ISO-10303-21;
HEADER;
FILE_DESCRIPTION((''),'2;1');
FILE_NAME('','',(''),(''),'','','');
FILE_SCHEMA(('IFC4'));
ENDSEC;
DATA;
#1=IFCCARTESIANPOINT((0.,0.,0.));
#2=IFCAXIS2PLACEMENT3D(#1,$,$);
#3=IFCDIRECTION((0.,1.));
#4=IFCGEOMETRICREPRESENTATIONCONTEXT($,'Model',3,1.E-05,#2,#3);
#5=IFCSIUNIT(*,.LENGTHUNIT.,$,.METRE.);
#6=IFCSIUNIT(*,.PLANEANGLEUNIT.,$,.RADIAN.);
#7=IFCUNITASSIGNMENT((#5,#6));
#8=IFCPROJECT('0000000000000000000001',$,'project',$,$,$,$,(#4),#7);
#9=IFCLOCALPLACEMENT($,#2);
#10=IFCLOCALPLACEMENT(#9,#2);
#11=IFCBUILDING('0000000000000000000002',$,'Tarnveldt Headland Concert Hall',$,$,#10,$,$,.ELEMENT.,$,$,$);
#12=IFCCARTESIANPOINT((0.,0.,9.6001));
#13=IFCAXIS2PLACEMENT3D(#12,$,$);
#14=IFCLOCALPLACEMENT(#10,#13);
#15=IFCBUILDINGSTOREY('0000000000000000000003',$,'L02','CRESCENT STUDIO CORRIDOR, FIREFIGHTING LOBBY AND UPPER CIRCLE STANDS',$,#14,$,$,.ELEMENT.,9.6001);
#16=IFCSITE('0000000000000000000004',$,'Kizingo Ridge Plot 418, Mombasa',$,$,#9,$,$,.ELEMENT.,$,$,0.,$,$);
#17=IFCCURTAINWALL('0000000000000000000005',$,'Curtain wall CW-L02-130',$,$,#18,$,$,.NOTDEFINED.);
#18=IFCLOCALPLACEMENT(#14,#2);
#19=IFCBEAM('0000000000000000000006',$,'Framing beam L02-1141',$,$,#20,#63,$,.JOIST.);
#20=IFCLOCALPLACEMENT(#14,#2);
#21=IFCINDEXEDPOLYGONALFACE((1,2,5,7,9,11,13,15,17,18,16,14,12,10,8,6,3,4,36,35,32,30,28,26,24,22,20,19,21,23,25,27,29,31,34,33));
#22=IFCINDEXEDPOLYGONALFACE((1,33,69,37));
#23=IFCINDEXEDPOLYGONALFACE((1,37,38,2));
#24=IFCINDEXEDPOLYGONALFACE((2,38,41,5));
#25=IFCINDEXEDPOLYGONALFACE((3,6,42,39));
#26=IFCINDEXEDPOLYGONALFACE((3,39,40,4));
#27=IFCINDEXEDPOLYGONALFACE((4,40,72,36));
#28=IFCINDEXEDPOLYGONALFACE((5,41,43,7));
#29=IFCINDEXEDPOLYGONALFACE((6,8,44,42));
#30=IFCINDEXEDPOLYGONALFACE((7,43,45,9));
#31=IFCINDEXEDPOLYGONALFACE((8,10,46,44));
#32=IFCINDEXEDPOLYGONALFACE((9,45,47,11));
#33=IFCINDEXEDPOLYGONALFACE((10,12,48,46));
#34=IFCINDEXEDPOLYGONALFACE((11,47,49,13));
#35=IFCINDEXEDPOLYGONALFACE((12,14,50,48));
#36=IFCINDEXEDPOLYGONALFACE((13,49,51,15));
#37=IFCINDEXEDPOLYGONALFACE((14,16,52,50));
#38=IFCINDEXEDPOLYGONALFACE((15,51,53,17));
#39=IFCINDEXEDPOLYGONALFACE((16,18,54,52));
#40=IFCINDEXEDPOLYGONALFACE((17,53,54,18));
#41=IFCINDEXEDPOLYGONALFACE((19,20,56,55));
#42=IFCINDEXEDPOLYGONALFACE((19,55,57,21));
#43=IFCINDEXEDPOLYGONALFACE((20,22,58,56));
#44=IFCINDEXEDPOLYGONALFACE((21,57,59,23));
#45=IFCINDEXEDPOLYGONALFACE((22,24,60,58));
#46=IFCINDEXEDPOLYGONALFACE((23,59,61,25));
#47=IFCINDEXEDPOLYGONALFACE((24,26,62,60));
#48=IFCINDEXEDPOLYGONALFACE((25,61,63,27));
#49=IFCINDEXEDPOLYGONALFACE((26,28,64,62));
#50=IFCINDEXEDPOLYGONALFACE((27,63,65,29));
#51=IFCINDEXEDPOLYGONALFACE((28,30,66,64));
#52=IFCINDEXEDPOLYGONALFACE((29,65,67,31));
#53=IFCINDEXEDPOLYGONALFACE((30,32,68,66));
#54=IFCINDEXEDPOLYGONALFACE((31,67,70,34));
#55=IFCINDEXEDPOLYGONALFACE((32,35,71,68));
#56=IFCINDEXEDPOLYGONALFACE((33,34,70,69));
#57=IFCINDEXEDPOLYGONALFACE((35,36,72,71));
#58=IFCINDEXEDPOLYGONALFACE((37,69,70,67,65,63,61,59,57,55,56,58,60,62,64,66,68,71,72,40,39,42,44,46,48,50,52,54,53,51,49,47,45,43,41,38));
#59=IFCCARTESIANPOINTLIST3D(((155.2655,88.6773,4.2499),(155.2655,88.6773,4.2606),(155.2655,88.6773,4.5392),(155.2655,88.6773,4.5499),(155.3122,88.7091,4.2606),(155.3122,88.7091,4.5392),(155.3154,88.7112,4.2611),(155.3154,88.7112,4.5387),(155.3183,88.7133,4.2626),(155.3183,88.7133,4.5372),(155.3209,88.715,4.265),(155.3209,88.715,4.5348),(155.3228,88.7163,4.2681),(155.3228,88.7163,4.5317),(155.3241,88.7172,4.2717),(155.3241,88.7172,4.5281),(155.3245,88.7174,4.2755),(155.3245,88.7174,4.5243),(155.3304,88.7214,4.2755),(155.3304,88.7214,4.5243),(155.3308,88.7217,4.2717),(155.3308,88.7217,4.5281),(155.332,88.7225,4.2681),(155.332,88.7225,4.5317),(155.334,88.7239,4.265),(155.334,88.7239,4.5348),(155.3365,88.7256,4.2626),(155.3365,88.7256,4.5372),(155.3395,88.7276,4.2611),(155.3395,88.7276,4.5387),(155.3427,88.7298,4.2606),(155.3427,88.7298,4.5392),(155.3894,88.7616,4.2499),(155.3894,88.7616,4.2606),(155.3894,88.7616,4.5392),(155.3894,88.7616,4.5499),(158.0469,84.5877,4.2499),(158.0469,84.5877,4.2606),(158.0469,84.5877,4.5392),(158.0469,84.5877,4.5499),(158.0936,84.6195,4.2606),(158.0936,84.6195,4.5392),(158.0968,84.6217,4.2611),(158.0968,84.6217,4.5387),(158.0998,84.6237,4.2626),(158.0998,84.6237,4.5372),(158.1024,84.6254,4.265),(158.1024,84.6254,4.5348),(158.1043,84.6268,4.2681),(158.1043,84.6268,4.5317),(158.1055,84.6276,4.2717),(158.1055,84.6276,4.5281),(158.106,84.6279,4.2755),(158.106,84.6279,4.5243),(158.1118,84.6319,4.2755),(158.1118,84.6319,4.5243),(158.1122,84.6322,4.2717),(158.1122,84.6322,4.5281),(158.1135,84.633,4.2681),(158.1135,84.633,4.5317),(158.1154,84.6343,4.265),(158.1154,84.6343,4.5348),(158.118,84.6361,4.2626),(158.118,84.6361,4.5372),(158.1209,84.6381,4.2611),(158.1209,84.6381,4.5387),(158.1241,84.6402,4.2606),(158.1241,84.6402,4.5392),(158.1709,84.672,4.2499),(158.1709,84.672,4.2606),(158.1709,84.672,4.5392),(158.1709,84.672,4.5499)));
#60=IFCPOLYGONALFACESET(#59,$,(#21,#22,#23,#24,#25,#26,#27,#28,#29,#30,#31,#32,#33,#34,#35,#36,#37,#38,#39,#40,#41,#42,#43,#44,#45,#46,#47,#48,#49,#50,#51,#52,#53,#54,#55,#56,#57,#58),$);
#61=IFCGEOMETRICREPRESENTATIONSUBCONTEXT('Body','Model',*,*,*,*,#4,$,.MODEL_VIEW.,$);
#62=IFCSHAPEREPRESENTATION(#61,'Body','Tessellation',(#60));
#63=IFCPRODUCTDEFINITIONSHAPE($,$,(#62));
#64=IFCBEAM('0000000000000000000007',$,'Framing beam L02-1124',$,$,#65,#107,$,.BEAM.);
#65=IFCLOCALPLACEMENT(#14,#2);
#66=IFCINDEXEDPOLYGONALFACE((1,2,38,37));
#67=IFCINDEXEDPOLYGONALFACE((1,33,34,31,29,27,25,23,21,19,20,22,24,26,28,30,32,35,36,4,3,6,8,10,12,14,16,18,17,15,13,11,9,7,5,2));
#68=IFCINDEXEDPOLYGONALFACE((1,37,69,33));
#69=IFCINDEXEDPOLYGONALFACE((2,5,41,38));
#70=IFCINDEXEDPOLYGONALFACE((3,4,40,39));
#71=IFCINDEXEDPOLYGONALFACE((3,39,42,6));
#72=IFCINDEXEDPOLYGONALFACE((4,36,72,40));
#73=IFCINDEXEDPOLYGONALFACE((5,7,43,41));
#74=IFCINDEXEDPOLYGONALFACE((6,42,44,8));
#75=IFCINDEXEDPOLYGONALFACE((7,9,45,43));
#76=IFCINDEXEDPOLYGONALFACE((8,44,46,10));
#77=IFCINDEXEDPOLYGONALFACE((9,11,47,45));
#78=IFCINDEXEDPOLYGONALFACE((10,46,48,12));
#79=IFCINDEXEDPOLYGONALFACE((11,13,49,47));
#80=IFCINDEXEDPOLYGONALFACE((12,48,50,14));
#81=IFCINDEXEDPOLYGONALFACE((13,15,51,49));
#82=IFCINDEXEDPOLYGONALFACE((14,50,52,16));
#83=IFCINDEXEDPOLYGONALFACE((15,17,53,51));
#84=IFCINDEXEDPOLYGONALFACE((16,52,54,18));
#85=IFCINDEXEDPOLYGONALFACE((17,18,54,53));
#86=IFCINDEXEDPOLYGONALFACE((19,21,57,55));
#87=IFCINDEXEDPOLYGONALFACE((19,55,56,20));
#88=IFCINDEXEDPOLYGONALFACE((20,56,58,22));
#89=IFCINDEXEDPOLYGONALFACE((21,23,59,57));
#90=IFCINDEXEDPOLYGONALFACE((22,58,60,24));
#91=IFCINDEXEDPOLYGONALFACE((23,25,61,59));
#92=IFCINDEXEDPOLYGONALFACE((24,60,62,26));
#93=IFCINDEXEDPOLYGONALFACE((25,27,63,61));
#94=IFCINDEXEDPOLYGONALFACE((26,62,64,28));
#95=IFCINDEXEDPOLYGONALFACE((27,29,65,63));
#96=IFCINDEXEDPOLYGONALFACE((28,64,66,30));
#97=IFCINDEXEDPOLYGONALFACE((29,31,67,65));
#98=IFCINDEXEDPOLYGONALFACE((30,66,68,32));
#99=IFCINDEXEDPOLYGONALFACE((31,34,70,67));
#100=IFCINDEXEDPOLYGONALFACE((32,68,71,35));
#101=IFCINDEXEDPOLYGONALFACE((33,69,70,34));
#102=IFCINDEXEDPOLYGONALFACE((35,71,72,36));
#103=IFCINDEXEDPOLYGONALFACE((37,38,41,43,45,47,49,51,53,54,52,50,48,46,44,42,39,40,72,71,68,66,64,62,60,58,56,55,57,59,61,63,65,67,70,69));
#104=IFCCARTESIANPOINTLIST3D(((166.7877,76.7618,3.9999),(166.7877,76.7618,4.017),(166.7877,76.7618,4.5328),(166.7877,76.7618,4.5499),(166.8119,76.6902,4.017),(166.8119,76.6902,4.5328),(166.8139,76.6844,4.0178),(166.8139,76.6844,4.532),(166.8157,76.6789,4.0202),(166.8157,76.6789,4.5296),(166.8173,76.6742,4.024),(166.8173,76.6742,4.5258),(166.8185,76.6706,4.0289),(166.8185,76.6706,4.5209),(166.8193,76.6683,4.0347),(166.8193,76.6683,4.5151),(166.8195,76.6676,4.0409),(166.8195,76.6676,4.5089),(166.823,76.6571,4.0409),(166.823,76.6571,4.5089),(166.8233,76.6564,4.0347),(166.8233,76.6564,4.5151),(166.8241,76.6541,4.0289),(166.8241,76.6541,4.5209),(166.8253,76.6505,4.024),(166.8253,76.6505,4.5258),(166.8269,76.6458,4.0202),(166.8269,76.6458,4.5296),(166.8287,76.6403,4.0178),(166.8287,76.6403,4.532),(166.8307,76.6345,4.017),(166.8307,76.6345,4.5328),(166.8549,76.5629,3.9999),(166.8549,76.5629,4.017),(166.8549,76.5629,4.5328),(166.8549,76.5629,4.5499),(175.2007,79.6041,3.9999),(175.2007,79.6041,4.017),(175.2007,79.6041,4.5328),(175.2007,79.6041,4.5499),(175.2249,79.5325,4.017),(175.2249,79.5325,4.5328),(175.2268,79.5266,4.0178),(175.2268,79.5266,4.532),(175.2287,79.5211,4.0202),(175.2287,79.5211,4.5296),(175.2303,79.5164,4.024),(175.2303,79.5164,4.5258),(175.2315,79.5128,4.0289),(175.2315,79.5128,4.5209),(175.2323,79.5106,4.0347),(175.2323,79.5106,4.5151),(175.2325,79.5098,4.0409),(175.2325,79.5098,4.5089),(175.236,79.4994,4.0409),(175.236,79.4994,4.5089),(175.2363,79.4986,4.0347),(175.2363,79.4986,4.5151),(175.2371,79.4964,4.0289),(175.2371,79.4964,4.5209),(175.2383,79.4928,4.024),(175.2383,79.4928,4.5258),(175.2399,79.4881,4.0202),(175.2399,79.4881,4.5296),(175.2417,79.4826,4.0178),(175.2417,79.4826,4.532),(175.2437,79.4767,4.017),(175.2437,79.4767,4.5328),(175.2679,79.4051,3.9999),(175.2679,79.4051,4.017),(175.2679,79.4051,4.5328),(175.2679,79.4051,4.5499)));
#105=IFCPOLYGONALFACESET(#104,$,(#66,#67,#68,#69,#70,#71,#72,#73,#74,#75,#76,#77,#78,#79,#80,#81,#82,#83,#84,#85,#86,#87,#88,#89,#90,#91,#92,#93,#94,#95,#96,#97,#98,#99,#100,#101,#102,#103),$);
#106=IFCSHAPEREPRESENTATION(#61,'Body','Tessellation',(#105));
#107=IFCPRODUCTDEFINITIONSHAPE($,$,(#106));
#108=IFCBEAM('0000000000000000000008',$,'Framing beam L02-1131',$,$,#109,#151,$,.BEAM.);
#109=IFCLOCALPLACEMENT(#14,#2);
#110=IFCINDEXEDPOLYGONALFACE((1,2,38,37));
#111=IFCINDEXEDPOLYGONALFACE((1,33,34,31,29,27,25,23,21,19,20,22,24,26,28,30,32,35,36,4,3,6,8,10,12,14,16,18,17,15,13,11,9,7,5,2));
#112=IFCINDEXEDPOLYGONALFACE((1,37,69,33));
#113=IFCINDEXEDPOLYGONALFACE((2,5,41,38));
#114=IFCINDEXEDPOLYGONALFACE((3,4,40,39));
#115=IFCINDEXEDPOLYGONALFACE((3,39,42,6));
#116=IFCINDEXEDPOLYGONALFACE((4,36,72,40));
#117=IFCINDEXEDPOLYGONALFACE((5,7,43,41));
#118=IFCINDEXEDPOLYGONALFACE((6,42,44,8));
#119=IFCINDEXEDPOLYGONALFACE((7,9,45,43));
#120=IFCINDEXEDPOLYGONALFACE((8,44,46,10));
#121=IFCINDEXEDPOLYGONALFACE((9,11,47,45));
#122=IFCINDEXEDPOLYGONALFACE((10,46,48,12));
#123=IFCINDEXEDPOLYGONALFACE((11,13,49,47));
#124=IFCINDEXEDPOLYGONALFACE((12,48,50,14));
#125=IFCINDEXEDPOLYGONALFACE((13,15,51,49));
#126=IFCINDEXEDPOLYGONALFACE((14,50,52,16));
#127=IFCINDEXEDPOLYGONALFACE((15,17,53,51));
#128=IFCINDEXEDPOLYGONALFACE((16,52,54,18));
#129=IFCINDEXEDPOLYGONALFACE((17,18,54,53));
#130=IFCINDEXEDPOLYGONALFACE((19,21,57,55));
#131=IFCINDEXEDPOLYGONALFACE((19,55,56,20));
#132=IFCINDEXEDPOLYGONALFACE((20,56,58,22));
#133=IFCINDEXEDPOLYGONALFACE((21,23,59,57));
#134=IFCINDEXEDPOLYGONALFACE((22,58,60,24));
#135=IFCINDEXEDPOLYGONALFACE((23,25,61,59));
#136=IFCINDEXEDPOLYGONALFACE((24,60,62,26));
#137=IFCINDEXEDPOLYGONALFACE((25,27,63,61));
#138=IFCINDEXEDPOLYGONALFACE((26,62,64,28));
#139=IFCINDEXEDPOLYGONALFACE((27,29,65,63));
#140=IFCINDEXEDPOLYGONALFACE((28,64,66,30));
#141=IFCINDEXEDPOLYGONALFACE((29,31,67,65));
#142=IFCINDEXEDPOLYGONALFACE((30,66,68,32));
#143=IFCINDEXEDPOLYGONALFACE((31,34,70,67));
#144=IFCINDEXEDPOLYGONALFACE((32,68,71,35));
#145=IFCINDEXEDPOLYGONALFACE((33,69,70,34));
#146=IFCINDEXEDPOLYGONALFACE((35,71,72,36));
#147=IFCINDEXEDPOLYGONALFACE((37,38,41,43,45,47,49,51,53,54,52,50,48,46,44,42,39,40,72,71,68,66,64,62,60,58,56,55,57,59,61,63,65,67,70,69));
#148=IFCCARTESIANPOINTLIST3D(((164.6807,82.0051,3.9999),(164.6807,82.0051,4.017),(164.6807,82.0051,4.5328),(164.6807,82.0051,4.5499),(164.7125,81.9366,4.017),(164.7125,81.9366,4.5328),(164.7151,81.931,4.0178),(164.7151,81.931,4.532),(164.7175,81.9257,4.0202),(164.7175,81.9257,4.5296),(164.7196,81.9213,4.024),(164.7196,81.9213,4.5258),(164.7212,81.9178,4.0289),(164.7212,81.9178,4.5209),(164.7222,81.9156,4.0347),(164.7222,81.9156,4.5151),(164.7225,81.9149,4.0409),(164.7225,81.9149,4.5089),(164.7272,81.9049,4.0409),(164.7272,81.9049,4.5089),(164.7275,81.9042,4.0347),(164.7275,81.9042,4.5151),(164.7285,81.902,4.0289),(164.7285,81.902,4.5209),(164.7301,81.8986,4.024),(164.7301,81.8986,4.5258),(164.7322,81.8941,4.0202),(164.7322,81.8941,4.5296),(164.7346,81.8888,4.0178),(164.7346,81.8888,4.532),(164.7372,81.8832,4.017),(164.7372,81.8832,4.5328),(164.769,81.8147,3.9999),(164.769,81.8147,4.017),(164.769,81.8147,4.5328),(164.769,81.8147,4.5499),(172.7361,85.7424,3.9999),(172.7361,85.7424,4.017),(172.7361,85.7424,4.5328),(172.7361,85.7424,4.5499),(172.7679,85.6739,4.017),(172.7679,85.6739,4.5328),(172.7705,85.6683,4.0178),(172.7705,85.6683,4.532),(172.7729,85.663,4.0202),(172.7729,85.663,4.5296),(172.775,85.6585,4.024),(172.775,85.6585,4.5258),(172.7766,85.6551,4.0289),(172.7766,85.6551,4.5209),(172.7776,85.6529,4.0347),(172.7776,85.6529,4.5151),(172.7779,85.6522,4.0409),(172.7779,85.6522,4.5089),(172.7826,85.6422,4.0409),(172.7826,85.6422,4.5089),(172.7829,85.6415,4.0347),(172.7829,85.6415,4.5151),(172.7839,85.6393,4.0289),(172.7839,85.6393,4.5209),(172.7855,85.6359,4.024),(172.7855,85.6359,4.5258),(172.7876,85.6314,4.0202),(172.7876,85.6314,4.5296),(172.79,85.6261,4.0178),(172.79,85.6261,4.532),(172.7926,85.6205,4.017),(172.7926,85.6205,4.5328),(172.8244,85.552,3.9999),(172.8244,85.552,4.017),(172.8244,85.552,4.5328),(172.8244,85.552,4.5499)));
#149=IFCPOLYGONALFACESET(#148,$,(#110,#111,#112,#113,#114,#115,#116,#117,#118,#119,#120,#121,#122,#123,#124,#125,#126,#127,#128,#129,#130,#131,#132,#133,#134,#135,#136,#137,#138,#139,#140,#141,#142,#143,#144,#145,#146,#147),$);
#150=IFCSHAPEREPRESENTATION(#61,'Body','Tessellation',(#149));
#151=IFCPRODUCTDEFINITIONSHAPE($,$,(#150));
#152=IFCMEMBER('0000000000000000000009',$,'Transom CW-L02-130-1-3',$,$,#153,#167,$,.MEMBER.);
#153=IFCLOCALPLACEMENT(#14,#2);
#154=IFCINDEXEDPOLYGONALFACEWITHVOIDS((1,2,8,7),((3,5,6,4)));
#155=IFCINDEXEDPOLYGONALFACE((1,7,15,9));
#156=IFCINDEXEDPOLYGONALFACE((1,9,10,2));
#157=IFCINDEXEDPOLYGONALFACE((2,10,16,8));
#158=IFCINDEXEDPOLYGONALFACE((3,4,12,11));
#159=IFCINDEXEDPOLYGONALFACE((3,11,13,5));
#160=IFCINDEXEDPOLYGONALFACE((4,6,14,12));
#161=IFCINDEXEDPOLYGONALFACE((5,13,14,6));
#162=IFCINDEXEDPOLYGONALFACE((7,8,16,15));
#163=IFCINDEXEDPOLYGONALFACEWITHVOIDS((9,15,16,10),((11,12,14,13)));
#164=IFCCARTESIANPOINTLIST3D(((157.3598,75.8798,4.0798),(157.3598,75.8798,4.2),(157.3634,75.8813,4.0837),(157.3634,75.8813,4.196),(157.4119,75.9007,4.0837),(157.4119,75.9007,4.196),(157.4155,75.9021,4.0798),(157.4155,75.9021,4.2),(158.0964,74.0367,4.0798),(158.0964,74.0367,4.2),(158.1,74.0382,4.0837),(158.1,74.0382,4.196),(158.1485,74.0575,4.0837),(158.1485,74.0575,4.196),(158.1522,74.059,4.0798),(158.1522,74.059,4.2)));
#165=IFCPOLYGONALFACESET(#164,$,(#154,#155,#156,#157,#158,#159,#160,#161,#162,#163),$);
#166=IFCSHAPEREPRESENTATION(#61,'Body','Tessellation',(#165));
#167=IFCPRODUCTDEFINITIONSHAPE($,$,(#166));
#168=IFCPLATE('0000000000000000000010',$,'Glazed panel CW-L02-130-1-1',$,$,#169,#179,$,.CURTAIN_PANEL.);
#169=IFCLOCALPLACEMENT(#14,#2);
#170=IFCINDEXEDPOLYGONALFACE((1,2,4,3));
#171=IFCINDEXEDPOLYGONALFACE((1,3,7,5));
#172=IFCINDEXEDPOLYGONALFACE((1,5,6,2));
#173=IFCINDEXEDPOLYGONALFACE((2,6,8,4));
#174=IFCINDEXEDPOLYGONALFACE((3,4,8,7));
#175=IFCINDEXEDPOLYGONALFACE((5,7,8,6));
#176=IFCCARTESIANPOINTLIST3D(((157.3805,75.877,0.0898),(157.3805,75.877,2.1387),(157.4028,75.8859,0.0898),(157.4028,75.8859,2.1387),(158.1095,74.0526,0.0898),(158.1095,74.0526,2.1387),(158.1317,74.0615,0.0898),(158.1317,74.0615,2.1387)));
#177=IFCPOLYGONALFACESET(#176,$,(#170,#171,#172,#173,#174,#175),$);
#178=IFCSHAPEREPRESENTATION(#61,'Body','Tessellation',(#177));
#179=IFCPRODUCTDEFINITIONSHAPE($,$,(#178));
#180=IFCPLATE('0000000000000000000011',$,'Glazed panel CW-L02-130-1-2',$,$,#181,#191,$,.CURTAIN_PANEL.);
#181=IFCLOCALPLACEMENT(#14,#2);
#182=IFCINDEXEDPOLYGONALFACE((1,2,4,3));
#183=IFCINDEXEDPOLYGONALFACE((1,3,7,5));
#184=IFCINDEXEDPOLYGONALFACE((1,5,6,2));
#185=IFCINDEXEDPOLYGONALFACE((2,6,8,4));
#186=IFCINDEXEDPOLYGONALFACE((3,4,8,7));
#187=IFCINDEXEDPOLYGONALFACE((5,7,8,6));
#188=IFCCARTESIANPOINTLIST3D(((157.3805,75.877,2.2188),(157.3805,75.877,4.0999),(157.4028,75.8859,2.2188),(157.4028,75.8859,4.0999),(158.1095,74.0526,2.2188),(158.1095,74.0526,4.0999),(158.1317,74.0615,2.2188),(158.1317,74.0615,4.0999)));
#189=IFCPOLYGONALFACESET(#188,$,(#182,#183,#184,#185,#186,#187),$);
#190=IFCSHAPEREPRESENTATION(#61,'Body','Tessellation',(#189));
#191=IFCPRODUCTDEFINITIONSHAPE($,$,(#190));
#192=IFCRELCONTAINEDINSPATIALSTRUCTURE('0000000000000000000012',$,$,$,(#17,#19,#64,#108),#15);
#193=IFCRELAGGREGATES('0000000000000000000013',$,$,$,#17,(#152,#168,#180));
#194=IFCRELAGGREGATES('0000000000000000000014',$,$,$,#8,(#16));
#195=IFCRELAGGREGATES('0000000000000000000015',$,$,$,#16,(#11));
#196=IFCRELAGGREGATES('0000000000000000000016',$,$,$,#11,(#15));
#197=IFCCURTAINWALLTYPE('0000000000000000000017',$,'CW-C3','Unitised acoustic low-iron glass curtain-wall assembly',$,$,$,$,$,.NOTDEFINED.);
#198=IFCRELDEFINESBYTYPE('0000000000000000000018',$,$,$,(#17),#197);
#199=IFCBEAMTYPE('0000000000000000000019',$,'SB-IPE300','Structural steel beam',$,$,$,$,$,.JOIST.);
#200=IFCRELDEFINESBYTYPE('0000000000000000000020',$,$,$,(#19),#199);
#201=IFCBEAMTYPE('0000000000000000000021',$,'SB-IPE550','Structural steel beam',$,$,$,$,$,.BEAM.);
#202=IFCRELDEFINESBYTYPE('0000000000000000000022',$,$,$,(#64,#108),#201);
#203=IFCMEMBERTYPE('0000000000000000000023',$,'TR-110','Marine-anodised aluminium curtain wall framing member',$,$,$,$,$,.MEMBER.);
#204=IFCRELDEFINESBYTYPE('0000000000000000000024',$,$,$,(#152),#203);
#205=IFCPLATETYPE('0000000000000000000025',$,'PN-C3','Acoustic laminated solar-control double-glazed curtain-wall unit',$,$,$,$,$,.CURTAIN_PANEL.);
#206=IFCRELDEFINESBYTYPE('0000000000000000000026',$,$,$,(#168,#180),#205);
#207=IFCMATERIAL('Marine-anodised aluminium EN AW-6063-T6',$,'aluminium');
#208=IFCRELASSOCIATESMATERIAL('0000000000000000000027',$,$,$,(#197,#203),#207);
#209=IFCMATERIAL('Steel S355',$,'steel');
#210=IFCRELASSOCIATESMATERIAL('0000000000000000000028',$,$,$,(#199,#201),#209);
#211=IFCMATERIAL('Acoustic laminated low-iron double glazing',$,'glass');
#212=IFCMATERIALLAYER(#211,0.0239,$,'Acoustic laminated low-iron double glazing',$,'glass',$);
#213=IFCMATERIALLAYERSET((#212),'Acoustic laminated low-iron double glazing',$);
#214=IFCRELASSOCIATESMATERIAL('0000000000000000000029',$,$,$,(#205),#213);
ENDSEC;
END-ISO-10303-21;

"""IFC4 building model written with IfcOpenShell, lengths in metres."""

from ifc_helpers import new_model, si_unit, direction, frame, origin, origin_2d, place, context, subcontext, project, spatial, rectangle, hollow_rectangle, i_section, extrude, material, layer, layer_set, material_profile, profile_set, type_object, element, aggregate, save


model = new_model("IFC4")

# Units and contexts
model_context = context("Model", 3, precision=1e-05, world=origin(), true_north=direction((0.0, 1.0)))
body_context = subcontext(model_context, "Body", "Model", "MODEL_VIEW")
ifc_project = project(units=[si_unit("LENGTHUNIT", "METRE"), si_unit("PLANEANGLEUNIT", "RADIAN")], contexts=[model_context])

# Site, building, storey
site_placement = place(None, origin())
site = spatial("IfcSite", under=ifc_project, at=site_placement, Name="Kizingo Ridge Plot 418, Mombasa", CompositionType="ELEMENT", RefElevation=0.0)
building_placement = place(site_placement, origin())
building = spatial("IfcBuilding", under=site, at=building_placement, Name="Tarnveldt Headland Concert Hall", CompositionType="ELEMENT")
storey_placement = place(building_placement, frame((0.0, 0.0, 9.6001)))
storey = spatial("IfcBuildingStorey", under=building, at=storey_placement, Name="L02", Description="CRESCENT STUDIO CORRIDOR, FIREFIGHTING LOBBY AND UPPER CIRCLE STANDS", CompositionType="ELEMENT", Elevation=9.6001)

# Shared definitions
ifc_material_1 = material(Name="Steel S355", Category="steel")

# Curtain wall
ifc_material_2 = material(Name="Marine-anodised aluminium EN AW-6063-T6", Category="aluminium")
curtain_wall_type = type_object("IfcCurtainWallType", Name="CW-C3", Description="Unitised acoustic low-iron glass curtain-wall assembly", PredefinedType="NOTDEFINED", material=ifc_material_2)
curtain_wall_placement = place(storey_placement, origin())
curtain_wall = element("IfcCurtainWall", 1, at=curtain_wall_placement, inside=storey, type_object=curtain_wall_type, Name="Curtain wall CW-L02-130", PredefinedType="NOTDEFINED")

# Beams
ifc_material_profile_1 = material_profile(ifc_material_1, i_section(OverallWidth=0.1499, OverallDepth=0.3, WebThickness=0.0071, FlangeThickness=0.0107, FilletRadius=0.0149, at=origin_2d()), Name="IPE300", Category="steel")
ifc_profile_set_1 = profile_set([ifc_material_profile_1], Name="Steel S355")
beam_type_1 = type_object("IfcBeamType", Name="SB-IPE300", Description="Structural steel beam", PredefinedType="JOIST", material=ifc_profile_set_1)
beam_1_placement = place(storey_placement, frame((158.1089, 84.6299, 4.3999), z_axis=(-0.562388, 0.826873, 0.0), x_axis=(-0.826873, -0.562388, 0.0)))
element("IfcBeam", 2, at=beam_1_placement, inside=storey, type_object=beam_type_1, Name="Framing beam L02-1141", PredefinedType="JOIST", context=body_context, shape_type="SweptSolid", body=[
    extrude(i_section(OverallWidth=0.1499, OverallDepth=0.3, WebThickness=0.0071, FlangeThickness=0.0107, FilletRadius=0.0149, at=origin_2d()), origin(), (0.0, 0.0, 1.0), 4.9458),
])
ifc_material_profile_2 = material_profile(ifc_material_1, i_section(OverallWidth=0.21, OverallDepth=0.55, WebThickness=0.011, FlangeThickness=0.0171, FilletRadius=0.0239, at=origin_2d()), Name="IPE550", Category="steel")
ifc_profile_set_2 = profile_set([ifc_material_profile_2], Name="Steel S355")
beam_type_2 = type_object("IfcBeamType", Name="SB-IPE550", Description="Structural steel beam", PredefinedType="BEAM", material=ifc_profile_set_2)
for number, where, z_axis, x_axis, name in (
    (3, (166.8213, 76.6624, 4.2749), (0.947394, 0.320069, 0.0), (-0.320069, 0.947394, 0.0), "Framing beam L02-1124"),
    (4, (164.7249, 81.9099, 4.2749), (0.907126, 0.42086, 0.0), (-0.42086, 0.907126, 0.0), "Framing beam L02-1131"),
):
    element("IfcBeam", number, at=place(storey_placement, frame(where, z_axis=z_axis, x_axis=x_axis)), inside=storey, type_object=beam_type_2, Name=name, PredefinedType="BEAM", context=body_context, shape_type="SweptSolid", body=[
        extrude(i_section(OverallWidth=0.21, OverallDepth=0.55, WebThickness=0.011, FlangeThickness=0.0171, FilletRadius=0.0239, at=origin_2d()), origin(), (0.0, 0.0, 1.0), 8.8801),
    ])

# Member
ifc_material_profile_3 = material_profile(ifc_material_2, hollow_rectangle(XDim=0.0601, YDim=0.1201, WallThickness=0.0039, at=origin_2d()), Name="ALU TRANSOM 60x120x4", Category="aluminium")
ifc_profile_set_3 = profile_set([ifc_material_profile_3], Name="Marine-anodised aluminium EN AW-6063-T6")
member_type_1 = type_object("IfcMemberType", Name="TR-110", Description="Marine-anodised aluminium curtain wall framing member", PredefinedType="MEMBER", material=ifc_profile_set_3)
member_1_placement = place(storey_placement, frame((158.1243, 74.0479, 4.1399), z_axis=(-0.371115, 0.928587, 0.0), x_axis=(-0.928587, -0.371115, 0.0)))
member_1 = element("IfcMember", 5, at=member_1_placement, type_object=member_type_1, Name="Transom CW-L02-130-1-3", PredefinedType="MEMBER", context=body_context, shape_type="SweptSolid", body=[
    extrude(hollow_rectangle(XDim=0.0601, YDim=0.1201, WallThickness=0.0039, at=origin_2d()), origin(), (0.0, 0.0, 1.0), 1.9849),
])

# Plates
ifc_material_3 = material(Name="Acoustic laminated low-iron double glazing", Category="glass")
ifc_layer_1 = layer(ifc_material_3, 0.0239, Name="Acoustic laminated low-iron double glazing", Category="glass")
ifc_layer_set_1 = layer_set([ifc_layer_1], Name="Acoustic laminated low-iron double glazing")
plate_type = type_object("IfcPlateType", Name="PN-C3", Description="Acoustic laminated solar-control double-glazed curtain-wall unit", PredefinedType="CURTAIN_PANEL", material=ifc_layer_set_1)
plate_1_placement = place(storey_placement, frame((157.7561, 74.9692, 0.0898), z_axis=(0.0, 0.0, 1.0), x_axis=(-0.371028, 0.928622, 0.0)))
plate_1 = element("IfcPlate", 6, at=plate_1_placement, type_object=plate_type, Name="Glazed panel CW-L02-130-1-1", PredefinedType="CURTAIN_PANEL", context=body_context, shape_type="SweptSolid", body=[
    extrude(rectangle(XDim=1.9646, YDim=0.0239, at=origin_2d()), origin(), (0.0, 0.0, 1.0), 2.0488),
])
plate_2_placement = place(storey_placement, frame((157.7561, 74.9692, 2.2188), z_axis=(0.0, 0.0, 1.0), x_axis=(-0.371028, 0.928622, 0.0)))
plate_2 = element("IfcPlate", 7, at=plate_2_placement, type_object=plate_type, Name="Glazed panel CW-L02-130-1-2", PredefinedType="CURTAIN_PANEL", context=body_context, shape_type="SweptSolid", body=[
    extrude(rectangle(XDim=1.9646, YDim=0.0239, at=origin_2d()), origin(), (0.0, 0.0, 1.0), 1.8811),
])
aggregate(curtain_wall, [member_1, plate_1, plate_2])

save(model, "model.ifc")
